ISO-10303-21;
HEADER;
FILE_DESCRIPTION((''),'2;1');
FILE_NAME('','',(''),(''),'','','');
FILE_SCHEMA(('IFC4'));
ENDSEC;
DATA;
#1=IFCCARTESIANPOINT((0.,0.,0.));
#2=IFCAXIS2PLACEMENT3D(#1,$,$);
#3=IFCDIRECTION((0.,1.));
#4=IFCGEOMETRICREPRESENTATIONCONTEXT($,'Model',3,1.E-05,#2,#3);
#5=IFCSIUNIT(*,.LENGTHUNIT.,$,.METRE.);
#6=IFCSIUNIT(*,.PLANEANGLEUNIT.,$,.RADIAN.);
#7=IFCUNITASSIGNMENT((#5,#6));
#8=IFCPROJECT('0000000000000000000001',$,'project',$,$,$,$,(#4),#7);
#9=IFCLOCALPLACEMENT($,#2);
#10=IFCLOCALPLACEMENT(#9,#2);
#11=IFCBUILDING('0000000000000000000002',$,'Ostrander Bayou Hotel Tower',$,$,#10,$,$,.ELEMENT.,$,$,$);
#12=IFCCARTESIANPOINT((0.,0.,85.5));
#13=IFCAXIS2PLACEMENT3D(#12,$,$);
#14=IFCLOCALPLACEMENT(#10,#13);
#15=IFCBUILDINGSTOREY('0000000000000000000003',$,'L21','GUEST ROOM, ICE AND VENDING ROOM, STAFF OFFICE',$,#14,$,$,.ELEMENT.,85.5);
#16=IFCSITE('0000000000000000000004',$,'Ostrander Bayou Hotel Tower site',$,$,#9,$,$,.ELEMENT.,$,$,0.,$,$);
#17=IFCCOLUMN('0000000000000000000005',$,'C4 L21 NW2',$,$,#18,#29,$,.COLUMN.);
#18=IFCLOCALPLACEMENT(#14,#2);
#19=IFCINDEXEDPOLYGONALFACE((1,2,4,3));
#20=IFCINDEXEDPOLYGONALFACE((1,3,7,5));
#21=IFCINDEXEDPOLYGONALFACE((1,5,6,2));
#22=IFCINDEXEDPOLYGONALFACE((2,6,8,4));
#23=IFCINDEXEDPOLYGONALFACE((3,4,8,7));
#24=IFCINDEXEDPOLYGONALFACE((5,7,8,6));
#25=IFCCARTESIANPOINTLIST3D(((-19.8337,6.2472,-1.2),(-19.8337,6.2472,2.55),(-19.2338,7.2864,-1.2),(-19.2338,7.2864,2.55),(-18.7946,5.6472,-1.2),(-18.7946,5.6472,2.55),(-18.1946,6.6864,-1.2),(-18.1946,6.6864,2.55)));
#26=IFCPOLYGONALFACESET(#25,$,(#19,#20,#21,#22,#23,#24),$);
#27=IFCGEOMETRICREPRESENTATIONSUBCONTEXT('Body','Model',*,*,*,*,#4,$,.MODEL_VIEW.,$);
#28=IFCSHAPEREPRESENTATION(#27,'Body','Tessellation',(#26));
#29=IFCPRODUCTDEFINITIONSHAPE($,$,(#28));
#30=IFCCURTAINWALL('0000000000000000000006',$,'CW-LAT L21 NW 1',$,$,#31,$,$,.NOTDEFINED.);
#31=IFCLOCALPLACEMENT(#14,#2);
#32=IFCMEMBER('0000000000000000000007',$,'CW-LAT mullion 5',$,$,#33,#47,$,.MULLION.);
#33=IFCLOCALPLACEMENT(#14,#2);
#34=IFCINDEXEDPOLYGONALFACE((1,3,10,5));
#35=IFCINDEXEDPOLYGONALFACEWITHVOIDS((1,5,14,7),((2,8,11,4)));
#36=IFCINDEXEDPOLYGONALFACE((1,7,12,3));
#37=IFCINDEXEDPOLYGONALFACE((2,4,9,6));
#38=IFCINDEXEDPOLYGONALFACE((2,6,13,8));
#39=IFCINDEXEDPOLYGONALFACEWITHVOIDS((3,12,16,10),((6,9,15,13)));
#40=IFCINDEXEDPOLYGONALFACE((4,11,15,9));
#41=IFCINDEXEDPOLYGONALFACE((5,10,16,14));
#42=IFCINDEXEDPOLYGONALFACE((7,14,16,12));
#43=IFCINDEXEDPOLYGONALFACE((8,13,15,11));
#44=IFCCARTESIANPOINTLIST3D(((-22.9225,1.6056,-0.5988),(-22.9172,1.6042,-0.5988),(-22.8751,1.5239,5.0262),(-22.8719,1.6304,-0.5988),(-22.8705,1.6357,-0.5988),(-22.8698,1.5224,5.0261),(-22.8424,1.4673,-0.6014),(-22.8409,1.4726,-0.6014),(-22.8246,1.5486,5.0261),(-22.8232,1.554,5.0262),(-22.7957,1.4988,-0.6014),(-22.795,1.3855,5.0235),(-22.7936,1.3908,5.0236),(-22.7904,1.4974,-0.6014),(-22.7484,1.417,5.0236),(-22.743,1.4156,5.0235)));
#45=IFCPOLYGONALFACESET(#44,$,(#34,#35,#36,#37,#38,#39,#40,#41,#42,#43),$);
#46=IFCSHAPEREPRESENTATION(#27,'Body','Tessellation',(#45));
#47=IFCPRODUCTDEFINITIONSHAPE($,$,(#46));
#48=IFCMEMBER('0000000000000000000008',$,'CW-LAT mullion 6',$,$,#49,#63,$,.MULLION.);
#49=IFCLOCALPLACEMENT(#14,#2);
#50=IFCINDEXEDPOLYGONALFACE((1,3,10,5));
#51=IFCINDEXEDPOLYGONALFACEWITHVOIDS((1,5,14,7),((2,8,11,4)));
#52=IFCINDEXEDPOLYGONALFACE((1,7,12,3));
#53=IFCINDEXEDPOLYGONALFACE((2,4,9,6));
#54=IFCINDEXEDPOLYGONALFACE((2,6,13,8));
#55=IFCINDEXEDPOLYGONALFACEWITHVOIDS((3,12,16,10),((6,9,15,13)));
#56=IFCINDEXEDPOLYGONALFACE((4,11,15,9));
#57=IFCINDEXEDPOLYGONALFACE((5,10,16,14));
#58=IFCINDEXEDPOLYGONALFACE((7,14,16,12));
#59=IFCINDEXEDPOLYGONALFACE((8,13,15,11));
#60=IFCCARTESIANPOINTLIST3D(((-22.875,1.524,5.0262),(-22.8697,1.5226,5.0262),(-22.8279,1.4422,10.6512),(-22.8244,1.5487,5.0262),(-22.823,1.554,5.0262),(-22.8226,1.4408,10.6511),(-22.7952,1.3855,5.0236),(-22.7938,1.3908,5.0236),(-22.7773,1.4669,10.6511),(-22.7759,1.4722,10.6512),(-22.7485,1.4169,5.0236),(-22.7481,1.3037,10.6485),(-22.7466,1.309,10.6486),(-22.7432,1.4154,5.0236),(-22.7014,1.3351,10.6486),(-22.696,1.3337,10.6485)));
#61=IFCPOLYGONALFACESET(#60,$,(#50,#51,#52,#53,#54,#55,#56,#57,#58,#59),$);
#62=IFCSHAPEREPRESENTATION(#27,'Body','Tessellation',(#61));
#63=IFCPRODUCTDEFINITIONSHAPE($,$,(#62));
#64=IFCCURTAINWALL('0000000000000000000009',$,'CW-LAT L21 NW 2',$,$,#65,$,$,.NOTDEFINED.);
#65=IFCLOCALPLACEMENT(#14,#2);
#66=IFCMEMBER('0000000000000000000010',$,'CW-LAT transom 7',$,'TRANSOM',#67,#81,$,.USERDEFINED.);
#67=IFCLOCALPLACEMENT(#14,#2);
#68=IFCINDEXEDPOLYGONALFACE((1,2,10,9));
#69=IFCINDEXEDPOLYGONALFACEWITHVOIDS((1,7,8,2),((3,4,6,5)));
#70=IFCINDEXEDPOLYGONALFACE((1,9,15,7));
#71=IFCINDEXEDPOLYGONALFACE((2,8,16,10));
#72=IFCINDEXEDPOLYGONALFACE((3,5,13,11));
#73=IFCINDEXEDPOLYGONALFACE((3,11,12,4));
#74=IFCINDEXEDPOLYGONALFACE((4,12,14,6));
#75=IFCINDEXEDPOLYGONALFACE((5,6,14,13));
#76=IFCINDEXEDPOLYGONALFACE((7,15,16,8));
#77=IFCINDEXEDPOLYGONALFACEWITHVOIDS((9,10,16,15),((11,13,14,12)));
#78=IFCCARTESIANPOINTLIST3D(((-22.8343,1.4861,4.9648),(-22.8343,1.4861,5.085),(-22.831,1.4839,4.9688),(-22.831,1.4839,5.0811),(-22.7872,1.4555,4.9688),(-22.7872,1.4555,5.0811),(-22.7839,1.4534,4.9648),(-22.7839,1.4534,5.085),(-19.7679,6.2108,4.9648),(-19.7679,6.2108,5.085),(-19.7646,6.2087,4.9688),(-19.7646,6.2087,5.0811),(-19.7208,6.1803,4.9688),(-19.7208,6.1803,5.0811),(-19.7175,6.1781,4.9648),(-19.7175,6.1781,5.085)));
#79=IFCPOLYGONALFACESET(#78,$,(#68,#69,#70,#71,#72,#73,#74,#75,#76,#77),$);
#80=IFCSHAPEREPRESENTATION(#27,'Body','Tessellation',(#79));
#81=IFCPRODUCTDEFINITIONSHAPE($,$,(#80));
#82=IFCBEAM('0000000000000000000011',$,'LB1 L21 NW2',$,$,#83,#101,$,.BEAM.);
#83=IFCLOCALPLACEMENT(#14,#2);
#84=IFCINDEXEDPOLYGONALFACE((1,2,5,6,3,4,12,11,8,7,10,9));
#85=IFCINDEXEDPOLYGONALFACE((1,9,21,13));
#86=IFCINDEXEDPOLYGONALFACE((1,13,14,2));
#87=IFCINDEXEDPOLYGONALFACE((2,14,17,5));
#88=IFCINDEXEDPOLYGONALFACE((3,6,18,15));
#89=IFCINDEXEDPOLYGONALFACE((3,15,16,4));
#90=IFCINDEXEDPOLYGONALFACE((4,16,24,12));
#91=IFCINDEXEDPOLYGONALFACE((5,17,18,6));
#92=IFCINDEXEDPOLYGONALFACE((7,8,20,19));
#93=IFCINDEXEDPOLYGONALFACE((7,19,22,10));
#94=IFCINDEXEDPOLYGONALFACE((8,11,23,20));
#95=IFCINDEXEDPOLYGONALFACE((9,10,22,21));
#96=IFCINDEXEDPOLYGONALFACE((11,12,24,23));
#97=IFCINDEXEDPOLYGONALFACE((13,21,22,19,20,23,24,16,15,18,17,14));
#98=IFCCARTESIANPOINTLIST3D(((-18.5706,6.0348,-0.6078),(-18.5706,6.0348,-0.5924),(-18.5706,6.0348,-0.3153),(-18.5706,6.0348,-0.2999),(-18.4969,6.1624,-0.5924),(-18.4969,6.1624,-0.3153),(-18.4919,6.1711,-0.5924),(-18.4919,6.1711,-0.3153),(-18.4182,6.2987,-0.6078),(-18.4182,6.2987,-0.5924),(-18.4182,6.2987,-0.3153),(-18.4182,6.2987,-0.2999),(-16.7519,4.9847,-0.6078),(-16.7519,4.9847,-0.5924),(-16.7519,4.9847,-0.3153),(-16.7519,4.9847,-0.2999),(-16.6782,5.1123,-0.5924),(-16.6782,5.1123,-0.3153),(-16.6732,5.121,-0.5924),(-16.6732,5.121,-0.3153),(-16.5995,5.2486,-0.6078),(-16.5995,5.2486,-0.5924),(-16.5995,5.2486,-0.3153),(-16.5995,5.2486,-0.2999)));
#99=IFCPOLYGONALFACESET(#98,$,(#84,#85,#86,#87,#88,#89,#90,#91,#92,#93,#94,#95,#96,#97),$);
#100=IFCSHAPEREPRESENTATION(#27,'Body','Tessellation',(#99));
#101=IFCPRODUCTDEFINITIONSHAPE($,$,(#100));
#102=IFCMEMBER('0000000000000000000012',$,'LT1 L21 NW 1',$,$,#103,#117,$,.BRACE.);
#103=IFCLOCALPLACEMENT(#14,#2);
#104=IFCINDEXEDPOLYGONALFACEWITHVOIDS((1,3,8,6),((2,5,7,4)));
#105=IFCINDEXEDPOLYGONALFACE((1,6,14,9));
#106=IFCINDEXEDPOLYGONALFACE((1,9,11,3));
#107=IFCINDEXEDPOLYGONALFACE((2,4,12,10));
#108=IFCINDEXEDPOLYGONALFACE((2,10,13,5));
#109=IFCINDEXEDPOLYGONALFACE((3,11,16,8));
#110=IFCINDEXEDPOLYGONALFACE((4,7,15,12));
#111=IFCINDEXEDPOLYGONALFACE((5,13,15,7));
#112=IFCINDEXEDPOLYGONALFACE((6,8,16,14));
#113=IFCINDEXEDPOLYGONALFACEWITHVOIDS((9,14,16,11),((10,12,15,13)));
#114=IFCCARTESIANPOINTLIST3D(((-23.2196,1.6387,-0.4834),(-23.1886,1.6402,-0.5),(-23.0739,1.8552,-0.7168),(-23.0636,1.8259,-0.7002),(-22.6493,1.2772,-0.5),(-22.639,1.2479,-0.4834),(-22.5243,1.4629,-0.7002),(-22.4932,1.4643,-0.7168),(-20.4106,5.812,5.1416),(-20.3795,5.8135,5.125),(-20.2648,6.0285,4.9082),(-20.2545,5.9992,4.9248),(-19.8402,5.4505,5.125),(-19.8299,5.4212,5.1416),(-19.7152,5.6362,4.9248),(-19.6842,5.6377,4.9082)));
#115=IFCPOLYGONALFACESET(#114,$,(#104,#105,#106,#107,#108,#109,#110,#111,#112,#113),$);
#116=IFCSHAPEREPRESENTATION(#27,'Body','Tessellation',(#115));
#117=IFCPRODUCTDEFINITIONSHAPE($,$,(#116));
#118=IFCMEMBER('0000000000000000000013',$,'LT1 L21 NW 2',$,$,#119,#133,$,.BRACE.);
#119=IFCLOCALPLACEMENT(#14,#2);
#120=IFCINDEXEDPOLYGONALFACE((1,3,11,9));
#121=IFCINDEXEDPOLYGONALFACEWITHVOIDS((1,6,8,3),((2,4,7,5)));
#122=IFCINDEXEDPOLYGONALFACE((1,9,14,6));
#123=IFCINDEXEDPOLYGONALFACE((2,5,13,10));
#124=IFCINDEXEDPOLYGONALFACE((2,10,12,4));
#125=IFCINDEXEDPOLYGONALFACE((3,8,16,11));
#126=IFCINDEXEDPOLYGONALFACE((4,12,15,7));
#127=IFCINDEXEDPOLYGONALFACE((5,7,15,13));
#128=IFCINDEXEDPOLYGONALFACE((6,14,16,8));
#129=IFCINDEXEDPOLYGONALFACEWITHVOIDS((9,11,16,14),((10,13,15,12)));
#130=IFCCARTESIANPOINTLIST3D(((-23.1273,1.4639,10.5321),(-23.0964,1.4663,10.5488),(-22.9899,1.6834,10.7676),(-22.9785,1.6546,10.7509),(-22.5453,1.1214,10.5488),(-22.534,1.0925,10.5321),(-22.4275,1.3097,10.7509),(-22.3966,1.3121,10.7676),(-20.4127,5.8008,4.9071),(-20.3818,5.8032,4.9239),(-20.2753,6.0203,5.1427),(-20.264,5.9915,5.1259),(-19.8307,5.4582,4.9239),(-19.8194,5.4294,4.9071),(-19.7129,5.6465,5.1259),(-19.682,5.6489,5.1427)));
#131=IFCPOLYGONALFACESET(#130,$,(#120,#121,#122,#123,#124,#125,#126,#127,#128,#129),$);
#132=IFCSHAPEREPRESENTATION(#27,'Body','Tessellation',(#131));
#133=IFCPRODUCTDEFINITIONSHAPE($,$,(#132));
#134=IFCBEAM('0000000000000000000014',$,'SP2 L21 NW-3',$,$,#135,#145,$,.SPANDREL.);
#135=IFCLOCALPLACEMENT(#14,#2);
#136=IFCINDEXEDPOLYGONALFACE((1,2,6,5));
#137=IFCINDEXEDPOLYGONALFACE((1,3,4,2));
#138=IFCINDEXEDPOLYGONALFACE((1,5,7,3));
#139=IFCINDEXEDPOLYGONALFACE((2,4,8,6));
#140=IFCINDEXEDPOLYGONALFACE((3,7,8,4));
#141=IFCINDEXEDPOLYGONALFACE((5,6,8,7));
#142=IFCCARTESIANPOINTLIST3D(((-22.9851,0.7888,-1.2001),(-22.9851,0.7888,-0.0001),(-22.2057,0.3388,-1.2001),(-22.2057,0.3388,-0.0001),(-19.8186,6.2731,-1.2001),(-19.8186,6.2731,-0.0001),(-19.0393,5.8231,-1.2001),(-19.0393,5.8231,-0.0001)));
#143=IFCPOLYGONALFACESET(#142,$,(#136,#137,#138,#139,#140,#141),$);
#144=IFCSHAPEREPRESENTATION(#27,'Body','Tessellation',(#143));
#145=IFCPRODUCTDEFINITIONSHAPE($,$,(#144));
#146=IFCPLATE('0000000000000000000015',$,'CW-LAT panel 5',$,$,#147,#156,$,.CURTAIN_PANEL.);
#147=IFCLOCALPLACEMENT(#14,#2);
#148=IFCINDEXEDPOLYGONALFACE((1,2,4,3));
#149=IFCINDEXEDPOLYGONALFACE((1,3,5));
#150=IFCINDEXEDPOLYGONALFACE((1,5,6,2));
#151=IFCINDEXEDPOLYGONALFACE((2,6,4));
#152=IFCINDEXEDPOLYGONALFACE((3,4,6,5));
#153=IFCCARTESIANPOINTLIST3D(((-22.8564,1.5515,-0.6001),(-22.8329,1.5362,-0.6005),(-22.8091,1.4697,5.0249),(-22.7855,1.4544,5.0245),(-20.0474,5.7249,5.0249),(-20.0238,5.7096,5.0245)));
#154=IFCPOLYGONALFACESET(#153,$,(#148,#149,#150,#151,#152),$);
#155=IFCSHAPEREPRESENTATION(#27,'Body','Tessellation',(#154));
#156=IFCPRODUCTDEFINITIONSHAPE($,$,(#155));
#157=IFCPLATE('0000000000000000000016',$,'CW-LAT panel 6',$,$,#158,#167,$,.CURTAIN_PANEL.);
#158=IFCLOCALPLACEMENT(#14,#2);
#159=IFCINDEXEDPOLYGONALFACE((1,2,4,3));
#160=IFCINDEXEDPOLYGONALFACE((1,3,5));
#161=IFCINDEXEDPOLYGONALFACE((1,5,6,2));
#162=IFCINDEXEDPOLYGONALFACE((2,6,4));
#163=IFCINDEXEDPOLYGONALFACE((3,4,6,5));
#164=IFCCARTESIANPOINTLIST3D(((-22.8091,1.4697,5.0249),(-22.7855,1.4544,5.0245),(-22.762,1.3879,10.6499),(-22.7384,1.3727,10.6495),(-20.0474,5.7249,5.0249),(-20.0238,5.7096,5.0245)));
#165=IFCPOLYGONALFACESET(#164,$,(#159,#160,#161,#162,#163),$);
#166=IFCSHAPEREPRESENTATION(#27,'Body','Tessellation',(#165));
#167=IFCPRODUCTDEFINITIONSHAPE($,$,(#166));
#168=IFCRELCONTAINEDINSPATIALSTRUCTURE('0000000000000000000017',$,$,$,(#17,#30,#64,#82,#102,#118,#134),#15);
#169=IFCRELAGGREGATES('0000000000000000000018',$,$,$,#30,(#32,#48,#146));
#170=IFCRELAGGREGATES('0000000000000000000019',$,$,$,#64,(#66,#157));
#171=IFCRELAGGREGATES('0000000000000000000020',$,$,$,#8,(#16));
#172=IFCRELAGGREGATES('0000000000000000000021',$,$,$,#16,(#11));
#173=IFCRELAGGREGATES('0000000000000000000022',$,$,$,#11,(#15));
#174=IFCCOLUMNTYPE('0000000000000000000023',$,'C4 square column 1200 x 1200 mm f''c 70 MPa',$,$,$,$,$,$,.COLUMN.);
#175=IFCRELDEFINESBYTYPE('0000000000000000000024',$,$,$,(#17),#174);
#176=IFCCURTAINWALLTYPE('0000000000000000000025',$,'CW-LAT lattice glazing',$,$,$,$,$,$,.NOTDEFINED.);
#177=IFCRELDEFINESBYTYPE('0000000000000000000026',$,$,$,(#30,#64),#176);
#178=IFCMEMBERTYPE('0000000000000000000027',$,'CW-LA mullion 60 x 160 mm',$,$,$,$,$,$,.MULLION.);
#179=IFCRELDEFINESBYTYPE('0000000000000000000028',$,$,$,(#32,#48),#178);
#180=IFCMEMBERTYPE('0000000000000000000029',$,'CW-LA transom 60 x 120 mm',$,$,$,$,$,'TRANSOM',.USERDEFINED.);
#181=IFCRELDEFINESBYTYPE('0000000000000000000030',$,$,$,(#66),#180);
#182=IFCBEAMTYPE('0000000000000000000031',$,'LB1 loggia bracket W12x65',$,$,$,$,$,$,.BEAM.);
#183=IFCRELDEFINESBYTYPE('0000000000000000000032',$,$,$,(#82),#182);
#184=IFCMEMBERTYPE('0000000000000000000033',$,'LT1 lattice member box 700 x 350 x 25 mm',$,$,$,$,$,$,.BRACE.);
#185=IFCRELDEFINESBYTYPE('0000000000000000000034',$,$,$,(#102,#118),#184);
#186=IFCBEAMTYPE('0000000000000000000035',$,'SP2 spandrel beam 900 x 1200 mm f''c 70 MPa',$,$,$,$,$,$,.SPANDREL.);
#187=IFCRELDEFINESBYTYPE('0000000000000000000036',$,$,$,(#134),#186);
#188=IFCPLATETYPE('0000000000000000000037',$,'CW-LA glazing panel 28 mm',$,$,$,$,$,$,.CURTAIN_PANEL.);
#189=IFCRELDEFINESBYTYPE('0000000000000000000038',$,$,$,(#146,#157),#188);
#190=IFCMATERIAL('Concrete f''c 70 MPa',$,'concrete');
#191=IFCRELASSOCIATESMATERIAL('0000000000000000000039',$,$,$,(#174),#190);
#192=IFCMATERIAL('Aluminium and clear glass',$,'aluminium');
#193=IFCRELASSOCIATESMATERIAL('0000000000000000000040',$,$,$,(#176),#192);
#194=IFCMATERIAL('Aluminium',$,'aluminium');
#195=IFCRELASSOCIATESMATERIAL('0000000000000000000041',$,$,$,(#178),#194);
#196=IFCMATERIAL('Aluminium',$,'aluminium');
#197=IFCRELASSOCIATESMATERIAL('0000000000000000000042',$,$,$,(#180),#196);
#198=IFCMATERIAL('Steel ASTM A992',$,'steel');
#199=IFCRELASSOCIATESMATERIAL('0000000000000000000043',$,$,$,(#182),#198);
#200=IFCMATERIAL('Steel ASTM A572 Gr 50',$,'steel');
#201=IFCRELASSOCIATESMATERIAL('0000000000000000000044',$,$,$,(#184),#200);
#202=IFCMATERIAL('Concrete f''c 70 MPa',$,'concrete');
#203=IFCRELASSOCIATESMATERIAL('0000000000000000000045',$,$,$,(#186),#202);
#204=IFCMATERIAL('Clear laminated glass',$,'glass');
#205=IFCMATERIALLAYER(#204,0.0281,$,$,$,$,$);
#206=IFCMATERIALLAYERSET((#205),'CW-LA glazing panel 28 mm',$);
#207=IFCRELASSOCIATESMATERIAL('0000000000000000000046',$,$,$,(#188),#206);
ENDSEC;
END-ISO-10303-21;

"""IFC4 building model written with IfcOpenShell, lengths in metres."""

from ifc_helpers import new_model, si_unit, direction, frame, origin, origin_2d, place, context, subcontext, project, spatial, polyline, rectangle, hollow_rectangle, i_section, outline, extrude, material, layer, layer_set, material_profile, profile_set, type_object, element, aggregate, save


model = new_model("IFC4")

# Units and contexts
model_context = context("Model", 3, precision=1e-05, world=origin(), true_north=direction((0.0, 1.0)))
body_context = subcontext(model_context, "Body", "Model", "MODEL_VIEW")
ifc_project = project(units=[si_unit("LENGTHUNIT", "METRE"), si_unit("PLANEANGLEUNIT", "RADIAN")], contexts=[model_context])

# Site, building, storey
site_placement = place(None, origin())
site = spatial("IfcSite", under=ifc_project, at=site_placement, Name="Ostrander Bayou Hotel Tower site", CompositionType="ELEMENT", RefElevation=0.0)
building_placement = place(site_placement, origin())
building = spatial("IfcBuilding", under=site, at=building_placement, Name="Ostrander Bayou Hotel Tower", CompositionType="ELEMENT")
storey_placement = place(building_placement, frame((0.0, 0.0, 85.5)))
storey = spatial("IfcBuildingStorey", under=building, at=storey_placement, Name="L21", Description="GUEST ROOM, ICE AND VENDING ROOM, STAFF OFFICE", CompositionType="ELEMENT", Elevation=85.5)

# Column
ifc_material_1 = material(Name="Concrete f'c 70 MPa", Category="concrete")
ifc_material_profile_1 = material_profile(ifc_material_1, rectangle(XDim=1.2, YDim=1.2, at=origin_2d()))
ifc_profile_set_1 = profile_set([ifc_material_profile_1], Name="Concrete f'c 70 MPa")
column_type = type_object("IfcColumnType", Name="C4 square column 1200 x 1200 mm f'c 70 MPa", PredefinedType="COLUMN", material=ifc_profile_set_1)
column_placement = place(storey_placement, frame((-19.0142, 6.4668, -1.2), z_axis=(0.0, 0.0, 1.0), x_axis=(0.5, 0.866025, 0.0)))
element("IfcColumn", 1, at=column_placement, inside=storey, type_object=column_type, Name="C4 L21 NW2", PredefinedType="COLUMN", context=body_context, shape_type="SweptSolid", body=[
    extrude(rectangle(XDim=1.2, YDim=1.2, at=origin_2d()), origin(), (0.0, 0.0, 1.0), 3.75),
])

# Curtain wall, members
ifc_material_2 = material(Name="Aluminium and clear glass", Category="aluminium")
curtain_wall_type = type_object("IfcCurtainWallType", Name="CW-LAT lattice glazing", PredefinedType="NOTDEFINED", material=ifc_material_2)
curtain_wall_1_placement = place(storey_placement, origin())
curtain_wall_1 = element("IfcCurtainWall", 2, at=curtain_wall_1_placement, inside=storey, type_object=curtain_wall_type, Name="CW-LAT L21 NW 1", PredefinedType="NOTDEFINED")
ifc_material_3 = material(Name="Aluminium", Category="aluminium")
ifc_material_profile_2 = material_profile(ifc_material_3, hollow_rectangle(XDim=0.0601, YDim=0.1599, WallThickness=0.0039, at=origin_2d()))
ifc_profile_set_2 = profile_set([ifc_material_profile_2], Name="Aluminium")
member_type_1 = type_object("IfcMemberType", Name="CW-LA mullion 60 x 160 mm", PredefinedType="MULLION", material=ifc_profile_set_2)
member_1_placement = place(storey_placement, frame((-22.8564, 1.5515, -0.6001), z_axis=(0.008419, -0.014538, 0.999859), x_axis=(0.865367, 0.501138, 0.0)))
member_1 = element("IfcMember", 3, at=member_1_placement, type_object=member_type_1, Name="CW-LAT mullion 5", PredefinedType="MULLION", context=body_context, shape_type="SweptSolid", body=[
    extrude(hollow_rectangle(XDim=0.0601, YDim=0.1599, WallThickness=0.0039, at=origin_2d()), origin(), (0.0, 0.0, 1.0), 5.6257),
])
member_2_placement = place(storey_placement, frame((-22.8091, 1.4697, 5.0249), z_axis=(0.008376, -0.014538, 0.999859), x_axis=(0.866487, 0.4992, 0.0)))
member_2 = element("IfcMember", 4, at=member_2_placement, type_object=member_type_1, Name="CW-LAT mullion 6", PredefinedType="MULLION", context=body_context, shape_type="SweptSolid", body=[
    extrude(hollow_rectangle(XDim=0.0601, YDim=0.1599, WallThickness=0.0039, at=origin_2d()), origin(), (0.0, 0.0, 1.0), 5.6257),
])

# Curtain wall, member
curtain_wall_2_placement = place(storey_placement, origin())
curtain_wall_2 = element("IfcCurtainWall", 5, at=curtain_wall_2_placement, inside=storey, type_object=curtain_wall_type, Name="CW-LAT L21 NW 2", PredefinedType="NOTDEFINED")
ifc_material_4 = material(Name="Aluminium", Category="aluminium")
ifc_material_profile_3 = material_profile(ifc_material_4, hollow_rectangle(XDim=0.0601, YDim=0.1201, WallThickness=0.0039, at=origin_2d()))
ifc_profile_set_3 = profile_set([ifc_material_profile_3], Name="Aluminium")
member_type_2 = type_object("IfcMemberType", Name="CW-LA transom 60 x 120 mm", ElementType="TRANSOM", PredefinedType="USERDEFINED", material=ifc_profile_set_3)
member_3_placement = place(storey_placement, frame((-22.8091, 1.4697, 5.0249), z_axis=(0.544396, 0.838829, 0.0), x_axis=(-0.838829, 0.544396, 0.0)))
member_3 = element("IfcMember", 6, at=member_3_placement, type_object=member_type_2, Name="CW-LAT transom 7", ObjectType="TRANSOM", PredefinedType="USERDEFINED", context=body_context, shape_type="SweptSolid", body=[
    extrude(hollow_rectangle(XDim=0.0601, YDim=0.1201, WallThickness=0.0039, at=origin_2d()), origin(), (0.0, 0.0, 1.0), 5.6326),
])

# Beam
ifc_material_5 = material(Name="Steel ASTM A992", Category="steel")
ifc_material_profile_4 = material_profile(ifc_material_5, i_section(OverallWidth=0.3047, OverallDepth=0.3079, WebThickness=0.01, FlangeThickness=0.0154, at=origin_2d()))
ifc_profile_set_4 = profile_set([ifc_material_profile_4], Name="Steel ASTM A992")
beam_type_1 = type_object("IfcBeamType", Name="LB1 loggia bracket W12x65", PredefinedType="BEAM", material=ifc_profile_set_4)
beam_1_placement = place(storey_placement, frame((-18.4944, 6.1667, -0.4539), z_axis=(0.866009, -0.500028, 0.0), x_axis=(0.500028, 0.866009, 0.0)))
element("IfcBeam", 7, at=beam_1_placement, inside=storey, type_object=beam_type_1, Name="LB1 L21 NW2", PredefinedType="BEAM", context=body_context, shape_type="SweptSolid", body=[
    extrude(i_section(OverallWidth=0.3047, OverallDepth=0.3079, WebThickness=0.01, FlangeThickness=0.0154, at=origin_2d()), origin(), (0.0, 0.0, 1.0), 2.1001),
])

# Members
ifc_material_6 = material(Name="Steel ASTM A572 Gr 50", Category="steel")
ifc_material_profile_5 = material_profile(ifc_material_6, hollow_rectangle(XDim=0.7, YDim=0.3501, WallThickness=0.0249, at=origin_2d()))
ifc_profile_set_5 = profile_set([ifc_material_profile_5], Name="Steel ASTM A572 Gr 50")
member_type_3 = type_object("IfcMemberType", Name="LT1 lattice member box 700 x 350 x 25 mm", PredefinedType="BRACE", material=ifc_profile_set_5)
member_4_placement = place(storey_placement, frame((-20.0474, 5.7249, 5.0249), z_axis=(-0.372241, -0.553023, -0.745387), x_axis=(0.829578, -0.55839, 0.0)))
element("IfcMember", 8, at=member_4_placement, inside=storey, type_object=member_type_3, Name="LT1 L21 NW 1", PredefinedType="BRACE", context=body_context, shape_type="SweptSolid", body=[
    extrude(hollow_rectangle(XDim=0.7, YDim=0.3501, WallThickness=0.0249, at=origin_2d()), origin(), (0.0, 0.0, 1.0), 7.5464),
])
member_5_placement = place(storey_placement, frame((-20.0474, 5.7249, 5.0249), z_axis=(-0.357003, -0.570358, 0.739757), x_axis=(0.847644, -0.530565, 0.0)))
element("IfcMember", 9, at=member_5_placement, inside=storey, type_object=member_type_3, Name="LT1 L21 NW 2", PredefinedType="BRACE", context=body_context, shape_type="SweptSolid", body=[
    extrude(hollow_rectangle(XDim=0.7, YDim=0.3501, WallThickness=0.0249, at=origin_2d()), origin(), (0.0, 0.0, 1.0), 7.6038),
])

# Beam
ifc_material_7 = material(Name="Concrete f'c 70 MPa", Category="concrete")
ifc_material_profile_6 = material_profile(ifc_material_7, rectangle(XDim=0.8999, YDim=1.2, at=origin_2d()))
ifc_profile_set_6 = profile_set([ifc_material_profile_6], Name="Concrete f'c 70 MPa")
beam_type_2 = type_object("IfcBeamType", Name="SP2 spandrel beam 900 x 1200 mm f'c 70 MPa", PredefinedType="SPANDREL", material=ifc_profile_set_6)
beam_2_placement = place(storey_placement, frame((-19.429, 6.0481, -0.6001), z_axis=(-0.500012, -0.866019, 0.0), x_axis=(0.866019, -0.500012, 0.0)))
element("IfcBeam", 10, at=beam_2_placement, inside=storey, type_object=beam_type_2, Name="SP2 L21 NW-3", PredefinedType="SPANDREL", context=body_context, shape_type="SweptSolid", body=[
    extrude(rectangle(XDim=0.8999, YDim=1.2, at=origin_2d()), origin(), (0.0, 0.0, 1.0), 6.3328),
])

# Plates
ifc_material_8 = material(Name="Clear laminated glass", Category="glass")
ifc_layer_1 = layer(ifc_material_8, 0.0281)
ifc_layer_set_1 = layer_set([ifc_layer_1], Name="CW-LA glazing panel 28 mm")
plate_type = type_object("IfcPlateType", Name="CW-LA glazing panel 28 mm", PredefinedType="CURTAIN_PANEL", material=ifc_layer_set_1)
plate_1_placement = place(storey_placement, frame((-20.0474, 5.7249, 5.0249), z_axis=(-0.83872, 0.544357, 0.014977), x_axis=(-0.372241, -0.553023, -0.745387)))
plate_1 = element("IfcPlate", 11, at=plate_1_placement, type_object=plate_type, Name="CW-LAT panel 5", PredefinedType="CURTAIN_PANEL", context=body_context, shape_type="SweptSolid", body=[
    extrude(outline(polyline([(0.0, 0.0), (7.5464, 0.0), (3.3812, 3.7816), (0.0, 0.0)])), origin(), (0.0, 0.0, -1.0), 0.0281),
])
aggregate(curtain_wall_1, [member_1, member_2, plate_1])
plate_2_placement = place(storey_placement, frame((-20.0474, 5.7249, 5.0249), z_axis=(-0.83872, 0.544357, 0.014941), x_axis=(-0.357003, -0.570358, 0.739757)))
plate_2 = element("IfcPlate", 12, at=plate_2_placement, type_object=plate_type, Name="CW-LAT panel 6", PredefinedType="CURTAIN_PANEL", context=body_context, shape_type="SweptSolid", body=[
    extrude(outline(polyline([(0.0, 0.0), (7.6038, 0.0), (3.4129, -3.7531), (0.0, 0.0)])), origin(), (0.0, 0.0, -1.0), 0.0281),
])
aggregate(curtain_wall_2, [member_3, plate_2])

save(model, "model.ifc")
